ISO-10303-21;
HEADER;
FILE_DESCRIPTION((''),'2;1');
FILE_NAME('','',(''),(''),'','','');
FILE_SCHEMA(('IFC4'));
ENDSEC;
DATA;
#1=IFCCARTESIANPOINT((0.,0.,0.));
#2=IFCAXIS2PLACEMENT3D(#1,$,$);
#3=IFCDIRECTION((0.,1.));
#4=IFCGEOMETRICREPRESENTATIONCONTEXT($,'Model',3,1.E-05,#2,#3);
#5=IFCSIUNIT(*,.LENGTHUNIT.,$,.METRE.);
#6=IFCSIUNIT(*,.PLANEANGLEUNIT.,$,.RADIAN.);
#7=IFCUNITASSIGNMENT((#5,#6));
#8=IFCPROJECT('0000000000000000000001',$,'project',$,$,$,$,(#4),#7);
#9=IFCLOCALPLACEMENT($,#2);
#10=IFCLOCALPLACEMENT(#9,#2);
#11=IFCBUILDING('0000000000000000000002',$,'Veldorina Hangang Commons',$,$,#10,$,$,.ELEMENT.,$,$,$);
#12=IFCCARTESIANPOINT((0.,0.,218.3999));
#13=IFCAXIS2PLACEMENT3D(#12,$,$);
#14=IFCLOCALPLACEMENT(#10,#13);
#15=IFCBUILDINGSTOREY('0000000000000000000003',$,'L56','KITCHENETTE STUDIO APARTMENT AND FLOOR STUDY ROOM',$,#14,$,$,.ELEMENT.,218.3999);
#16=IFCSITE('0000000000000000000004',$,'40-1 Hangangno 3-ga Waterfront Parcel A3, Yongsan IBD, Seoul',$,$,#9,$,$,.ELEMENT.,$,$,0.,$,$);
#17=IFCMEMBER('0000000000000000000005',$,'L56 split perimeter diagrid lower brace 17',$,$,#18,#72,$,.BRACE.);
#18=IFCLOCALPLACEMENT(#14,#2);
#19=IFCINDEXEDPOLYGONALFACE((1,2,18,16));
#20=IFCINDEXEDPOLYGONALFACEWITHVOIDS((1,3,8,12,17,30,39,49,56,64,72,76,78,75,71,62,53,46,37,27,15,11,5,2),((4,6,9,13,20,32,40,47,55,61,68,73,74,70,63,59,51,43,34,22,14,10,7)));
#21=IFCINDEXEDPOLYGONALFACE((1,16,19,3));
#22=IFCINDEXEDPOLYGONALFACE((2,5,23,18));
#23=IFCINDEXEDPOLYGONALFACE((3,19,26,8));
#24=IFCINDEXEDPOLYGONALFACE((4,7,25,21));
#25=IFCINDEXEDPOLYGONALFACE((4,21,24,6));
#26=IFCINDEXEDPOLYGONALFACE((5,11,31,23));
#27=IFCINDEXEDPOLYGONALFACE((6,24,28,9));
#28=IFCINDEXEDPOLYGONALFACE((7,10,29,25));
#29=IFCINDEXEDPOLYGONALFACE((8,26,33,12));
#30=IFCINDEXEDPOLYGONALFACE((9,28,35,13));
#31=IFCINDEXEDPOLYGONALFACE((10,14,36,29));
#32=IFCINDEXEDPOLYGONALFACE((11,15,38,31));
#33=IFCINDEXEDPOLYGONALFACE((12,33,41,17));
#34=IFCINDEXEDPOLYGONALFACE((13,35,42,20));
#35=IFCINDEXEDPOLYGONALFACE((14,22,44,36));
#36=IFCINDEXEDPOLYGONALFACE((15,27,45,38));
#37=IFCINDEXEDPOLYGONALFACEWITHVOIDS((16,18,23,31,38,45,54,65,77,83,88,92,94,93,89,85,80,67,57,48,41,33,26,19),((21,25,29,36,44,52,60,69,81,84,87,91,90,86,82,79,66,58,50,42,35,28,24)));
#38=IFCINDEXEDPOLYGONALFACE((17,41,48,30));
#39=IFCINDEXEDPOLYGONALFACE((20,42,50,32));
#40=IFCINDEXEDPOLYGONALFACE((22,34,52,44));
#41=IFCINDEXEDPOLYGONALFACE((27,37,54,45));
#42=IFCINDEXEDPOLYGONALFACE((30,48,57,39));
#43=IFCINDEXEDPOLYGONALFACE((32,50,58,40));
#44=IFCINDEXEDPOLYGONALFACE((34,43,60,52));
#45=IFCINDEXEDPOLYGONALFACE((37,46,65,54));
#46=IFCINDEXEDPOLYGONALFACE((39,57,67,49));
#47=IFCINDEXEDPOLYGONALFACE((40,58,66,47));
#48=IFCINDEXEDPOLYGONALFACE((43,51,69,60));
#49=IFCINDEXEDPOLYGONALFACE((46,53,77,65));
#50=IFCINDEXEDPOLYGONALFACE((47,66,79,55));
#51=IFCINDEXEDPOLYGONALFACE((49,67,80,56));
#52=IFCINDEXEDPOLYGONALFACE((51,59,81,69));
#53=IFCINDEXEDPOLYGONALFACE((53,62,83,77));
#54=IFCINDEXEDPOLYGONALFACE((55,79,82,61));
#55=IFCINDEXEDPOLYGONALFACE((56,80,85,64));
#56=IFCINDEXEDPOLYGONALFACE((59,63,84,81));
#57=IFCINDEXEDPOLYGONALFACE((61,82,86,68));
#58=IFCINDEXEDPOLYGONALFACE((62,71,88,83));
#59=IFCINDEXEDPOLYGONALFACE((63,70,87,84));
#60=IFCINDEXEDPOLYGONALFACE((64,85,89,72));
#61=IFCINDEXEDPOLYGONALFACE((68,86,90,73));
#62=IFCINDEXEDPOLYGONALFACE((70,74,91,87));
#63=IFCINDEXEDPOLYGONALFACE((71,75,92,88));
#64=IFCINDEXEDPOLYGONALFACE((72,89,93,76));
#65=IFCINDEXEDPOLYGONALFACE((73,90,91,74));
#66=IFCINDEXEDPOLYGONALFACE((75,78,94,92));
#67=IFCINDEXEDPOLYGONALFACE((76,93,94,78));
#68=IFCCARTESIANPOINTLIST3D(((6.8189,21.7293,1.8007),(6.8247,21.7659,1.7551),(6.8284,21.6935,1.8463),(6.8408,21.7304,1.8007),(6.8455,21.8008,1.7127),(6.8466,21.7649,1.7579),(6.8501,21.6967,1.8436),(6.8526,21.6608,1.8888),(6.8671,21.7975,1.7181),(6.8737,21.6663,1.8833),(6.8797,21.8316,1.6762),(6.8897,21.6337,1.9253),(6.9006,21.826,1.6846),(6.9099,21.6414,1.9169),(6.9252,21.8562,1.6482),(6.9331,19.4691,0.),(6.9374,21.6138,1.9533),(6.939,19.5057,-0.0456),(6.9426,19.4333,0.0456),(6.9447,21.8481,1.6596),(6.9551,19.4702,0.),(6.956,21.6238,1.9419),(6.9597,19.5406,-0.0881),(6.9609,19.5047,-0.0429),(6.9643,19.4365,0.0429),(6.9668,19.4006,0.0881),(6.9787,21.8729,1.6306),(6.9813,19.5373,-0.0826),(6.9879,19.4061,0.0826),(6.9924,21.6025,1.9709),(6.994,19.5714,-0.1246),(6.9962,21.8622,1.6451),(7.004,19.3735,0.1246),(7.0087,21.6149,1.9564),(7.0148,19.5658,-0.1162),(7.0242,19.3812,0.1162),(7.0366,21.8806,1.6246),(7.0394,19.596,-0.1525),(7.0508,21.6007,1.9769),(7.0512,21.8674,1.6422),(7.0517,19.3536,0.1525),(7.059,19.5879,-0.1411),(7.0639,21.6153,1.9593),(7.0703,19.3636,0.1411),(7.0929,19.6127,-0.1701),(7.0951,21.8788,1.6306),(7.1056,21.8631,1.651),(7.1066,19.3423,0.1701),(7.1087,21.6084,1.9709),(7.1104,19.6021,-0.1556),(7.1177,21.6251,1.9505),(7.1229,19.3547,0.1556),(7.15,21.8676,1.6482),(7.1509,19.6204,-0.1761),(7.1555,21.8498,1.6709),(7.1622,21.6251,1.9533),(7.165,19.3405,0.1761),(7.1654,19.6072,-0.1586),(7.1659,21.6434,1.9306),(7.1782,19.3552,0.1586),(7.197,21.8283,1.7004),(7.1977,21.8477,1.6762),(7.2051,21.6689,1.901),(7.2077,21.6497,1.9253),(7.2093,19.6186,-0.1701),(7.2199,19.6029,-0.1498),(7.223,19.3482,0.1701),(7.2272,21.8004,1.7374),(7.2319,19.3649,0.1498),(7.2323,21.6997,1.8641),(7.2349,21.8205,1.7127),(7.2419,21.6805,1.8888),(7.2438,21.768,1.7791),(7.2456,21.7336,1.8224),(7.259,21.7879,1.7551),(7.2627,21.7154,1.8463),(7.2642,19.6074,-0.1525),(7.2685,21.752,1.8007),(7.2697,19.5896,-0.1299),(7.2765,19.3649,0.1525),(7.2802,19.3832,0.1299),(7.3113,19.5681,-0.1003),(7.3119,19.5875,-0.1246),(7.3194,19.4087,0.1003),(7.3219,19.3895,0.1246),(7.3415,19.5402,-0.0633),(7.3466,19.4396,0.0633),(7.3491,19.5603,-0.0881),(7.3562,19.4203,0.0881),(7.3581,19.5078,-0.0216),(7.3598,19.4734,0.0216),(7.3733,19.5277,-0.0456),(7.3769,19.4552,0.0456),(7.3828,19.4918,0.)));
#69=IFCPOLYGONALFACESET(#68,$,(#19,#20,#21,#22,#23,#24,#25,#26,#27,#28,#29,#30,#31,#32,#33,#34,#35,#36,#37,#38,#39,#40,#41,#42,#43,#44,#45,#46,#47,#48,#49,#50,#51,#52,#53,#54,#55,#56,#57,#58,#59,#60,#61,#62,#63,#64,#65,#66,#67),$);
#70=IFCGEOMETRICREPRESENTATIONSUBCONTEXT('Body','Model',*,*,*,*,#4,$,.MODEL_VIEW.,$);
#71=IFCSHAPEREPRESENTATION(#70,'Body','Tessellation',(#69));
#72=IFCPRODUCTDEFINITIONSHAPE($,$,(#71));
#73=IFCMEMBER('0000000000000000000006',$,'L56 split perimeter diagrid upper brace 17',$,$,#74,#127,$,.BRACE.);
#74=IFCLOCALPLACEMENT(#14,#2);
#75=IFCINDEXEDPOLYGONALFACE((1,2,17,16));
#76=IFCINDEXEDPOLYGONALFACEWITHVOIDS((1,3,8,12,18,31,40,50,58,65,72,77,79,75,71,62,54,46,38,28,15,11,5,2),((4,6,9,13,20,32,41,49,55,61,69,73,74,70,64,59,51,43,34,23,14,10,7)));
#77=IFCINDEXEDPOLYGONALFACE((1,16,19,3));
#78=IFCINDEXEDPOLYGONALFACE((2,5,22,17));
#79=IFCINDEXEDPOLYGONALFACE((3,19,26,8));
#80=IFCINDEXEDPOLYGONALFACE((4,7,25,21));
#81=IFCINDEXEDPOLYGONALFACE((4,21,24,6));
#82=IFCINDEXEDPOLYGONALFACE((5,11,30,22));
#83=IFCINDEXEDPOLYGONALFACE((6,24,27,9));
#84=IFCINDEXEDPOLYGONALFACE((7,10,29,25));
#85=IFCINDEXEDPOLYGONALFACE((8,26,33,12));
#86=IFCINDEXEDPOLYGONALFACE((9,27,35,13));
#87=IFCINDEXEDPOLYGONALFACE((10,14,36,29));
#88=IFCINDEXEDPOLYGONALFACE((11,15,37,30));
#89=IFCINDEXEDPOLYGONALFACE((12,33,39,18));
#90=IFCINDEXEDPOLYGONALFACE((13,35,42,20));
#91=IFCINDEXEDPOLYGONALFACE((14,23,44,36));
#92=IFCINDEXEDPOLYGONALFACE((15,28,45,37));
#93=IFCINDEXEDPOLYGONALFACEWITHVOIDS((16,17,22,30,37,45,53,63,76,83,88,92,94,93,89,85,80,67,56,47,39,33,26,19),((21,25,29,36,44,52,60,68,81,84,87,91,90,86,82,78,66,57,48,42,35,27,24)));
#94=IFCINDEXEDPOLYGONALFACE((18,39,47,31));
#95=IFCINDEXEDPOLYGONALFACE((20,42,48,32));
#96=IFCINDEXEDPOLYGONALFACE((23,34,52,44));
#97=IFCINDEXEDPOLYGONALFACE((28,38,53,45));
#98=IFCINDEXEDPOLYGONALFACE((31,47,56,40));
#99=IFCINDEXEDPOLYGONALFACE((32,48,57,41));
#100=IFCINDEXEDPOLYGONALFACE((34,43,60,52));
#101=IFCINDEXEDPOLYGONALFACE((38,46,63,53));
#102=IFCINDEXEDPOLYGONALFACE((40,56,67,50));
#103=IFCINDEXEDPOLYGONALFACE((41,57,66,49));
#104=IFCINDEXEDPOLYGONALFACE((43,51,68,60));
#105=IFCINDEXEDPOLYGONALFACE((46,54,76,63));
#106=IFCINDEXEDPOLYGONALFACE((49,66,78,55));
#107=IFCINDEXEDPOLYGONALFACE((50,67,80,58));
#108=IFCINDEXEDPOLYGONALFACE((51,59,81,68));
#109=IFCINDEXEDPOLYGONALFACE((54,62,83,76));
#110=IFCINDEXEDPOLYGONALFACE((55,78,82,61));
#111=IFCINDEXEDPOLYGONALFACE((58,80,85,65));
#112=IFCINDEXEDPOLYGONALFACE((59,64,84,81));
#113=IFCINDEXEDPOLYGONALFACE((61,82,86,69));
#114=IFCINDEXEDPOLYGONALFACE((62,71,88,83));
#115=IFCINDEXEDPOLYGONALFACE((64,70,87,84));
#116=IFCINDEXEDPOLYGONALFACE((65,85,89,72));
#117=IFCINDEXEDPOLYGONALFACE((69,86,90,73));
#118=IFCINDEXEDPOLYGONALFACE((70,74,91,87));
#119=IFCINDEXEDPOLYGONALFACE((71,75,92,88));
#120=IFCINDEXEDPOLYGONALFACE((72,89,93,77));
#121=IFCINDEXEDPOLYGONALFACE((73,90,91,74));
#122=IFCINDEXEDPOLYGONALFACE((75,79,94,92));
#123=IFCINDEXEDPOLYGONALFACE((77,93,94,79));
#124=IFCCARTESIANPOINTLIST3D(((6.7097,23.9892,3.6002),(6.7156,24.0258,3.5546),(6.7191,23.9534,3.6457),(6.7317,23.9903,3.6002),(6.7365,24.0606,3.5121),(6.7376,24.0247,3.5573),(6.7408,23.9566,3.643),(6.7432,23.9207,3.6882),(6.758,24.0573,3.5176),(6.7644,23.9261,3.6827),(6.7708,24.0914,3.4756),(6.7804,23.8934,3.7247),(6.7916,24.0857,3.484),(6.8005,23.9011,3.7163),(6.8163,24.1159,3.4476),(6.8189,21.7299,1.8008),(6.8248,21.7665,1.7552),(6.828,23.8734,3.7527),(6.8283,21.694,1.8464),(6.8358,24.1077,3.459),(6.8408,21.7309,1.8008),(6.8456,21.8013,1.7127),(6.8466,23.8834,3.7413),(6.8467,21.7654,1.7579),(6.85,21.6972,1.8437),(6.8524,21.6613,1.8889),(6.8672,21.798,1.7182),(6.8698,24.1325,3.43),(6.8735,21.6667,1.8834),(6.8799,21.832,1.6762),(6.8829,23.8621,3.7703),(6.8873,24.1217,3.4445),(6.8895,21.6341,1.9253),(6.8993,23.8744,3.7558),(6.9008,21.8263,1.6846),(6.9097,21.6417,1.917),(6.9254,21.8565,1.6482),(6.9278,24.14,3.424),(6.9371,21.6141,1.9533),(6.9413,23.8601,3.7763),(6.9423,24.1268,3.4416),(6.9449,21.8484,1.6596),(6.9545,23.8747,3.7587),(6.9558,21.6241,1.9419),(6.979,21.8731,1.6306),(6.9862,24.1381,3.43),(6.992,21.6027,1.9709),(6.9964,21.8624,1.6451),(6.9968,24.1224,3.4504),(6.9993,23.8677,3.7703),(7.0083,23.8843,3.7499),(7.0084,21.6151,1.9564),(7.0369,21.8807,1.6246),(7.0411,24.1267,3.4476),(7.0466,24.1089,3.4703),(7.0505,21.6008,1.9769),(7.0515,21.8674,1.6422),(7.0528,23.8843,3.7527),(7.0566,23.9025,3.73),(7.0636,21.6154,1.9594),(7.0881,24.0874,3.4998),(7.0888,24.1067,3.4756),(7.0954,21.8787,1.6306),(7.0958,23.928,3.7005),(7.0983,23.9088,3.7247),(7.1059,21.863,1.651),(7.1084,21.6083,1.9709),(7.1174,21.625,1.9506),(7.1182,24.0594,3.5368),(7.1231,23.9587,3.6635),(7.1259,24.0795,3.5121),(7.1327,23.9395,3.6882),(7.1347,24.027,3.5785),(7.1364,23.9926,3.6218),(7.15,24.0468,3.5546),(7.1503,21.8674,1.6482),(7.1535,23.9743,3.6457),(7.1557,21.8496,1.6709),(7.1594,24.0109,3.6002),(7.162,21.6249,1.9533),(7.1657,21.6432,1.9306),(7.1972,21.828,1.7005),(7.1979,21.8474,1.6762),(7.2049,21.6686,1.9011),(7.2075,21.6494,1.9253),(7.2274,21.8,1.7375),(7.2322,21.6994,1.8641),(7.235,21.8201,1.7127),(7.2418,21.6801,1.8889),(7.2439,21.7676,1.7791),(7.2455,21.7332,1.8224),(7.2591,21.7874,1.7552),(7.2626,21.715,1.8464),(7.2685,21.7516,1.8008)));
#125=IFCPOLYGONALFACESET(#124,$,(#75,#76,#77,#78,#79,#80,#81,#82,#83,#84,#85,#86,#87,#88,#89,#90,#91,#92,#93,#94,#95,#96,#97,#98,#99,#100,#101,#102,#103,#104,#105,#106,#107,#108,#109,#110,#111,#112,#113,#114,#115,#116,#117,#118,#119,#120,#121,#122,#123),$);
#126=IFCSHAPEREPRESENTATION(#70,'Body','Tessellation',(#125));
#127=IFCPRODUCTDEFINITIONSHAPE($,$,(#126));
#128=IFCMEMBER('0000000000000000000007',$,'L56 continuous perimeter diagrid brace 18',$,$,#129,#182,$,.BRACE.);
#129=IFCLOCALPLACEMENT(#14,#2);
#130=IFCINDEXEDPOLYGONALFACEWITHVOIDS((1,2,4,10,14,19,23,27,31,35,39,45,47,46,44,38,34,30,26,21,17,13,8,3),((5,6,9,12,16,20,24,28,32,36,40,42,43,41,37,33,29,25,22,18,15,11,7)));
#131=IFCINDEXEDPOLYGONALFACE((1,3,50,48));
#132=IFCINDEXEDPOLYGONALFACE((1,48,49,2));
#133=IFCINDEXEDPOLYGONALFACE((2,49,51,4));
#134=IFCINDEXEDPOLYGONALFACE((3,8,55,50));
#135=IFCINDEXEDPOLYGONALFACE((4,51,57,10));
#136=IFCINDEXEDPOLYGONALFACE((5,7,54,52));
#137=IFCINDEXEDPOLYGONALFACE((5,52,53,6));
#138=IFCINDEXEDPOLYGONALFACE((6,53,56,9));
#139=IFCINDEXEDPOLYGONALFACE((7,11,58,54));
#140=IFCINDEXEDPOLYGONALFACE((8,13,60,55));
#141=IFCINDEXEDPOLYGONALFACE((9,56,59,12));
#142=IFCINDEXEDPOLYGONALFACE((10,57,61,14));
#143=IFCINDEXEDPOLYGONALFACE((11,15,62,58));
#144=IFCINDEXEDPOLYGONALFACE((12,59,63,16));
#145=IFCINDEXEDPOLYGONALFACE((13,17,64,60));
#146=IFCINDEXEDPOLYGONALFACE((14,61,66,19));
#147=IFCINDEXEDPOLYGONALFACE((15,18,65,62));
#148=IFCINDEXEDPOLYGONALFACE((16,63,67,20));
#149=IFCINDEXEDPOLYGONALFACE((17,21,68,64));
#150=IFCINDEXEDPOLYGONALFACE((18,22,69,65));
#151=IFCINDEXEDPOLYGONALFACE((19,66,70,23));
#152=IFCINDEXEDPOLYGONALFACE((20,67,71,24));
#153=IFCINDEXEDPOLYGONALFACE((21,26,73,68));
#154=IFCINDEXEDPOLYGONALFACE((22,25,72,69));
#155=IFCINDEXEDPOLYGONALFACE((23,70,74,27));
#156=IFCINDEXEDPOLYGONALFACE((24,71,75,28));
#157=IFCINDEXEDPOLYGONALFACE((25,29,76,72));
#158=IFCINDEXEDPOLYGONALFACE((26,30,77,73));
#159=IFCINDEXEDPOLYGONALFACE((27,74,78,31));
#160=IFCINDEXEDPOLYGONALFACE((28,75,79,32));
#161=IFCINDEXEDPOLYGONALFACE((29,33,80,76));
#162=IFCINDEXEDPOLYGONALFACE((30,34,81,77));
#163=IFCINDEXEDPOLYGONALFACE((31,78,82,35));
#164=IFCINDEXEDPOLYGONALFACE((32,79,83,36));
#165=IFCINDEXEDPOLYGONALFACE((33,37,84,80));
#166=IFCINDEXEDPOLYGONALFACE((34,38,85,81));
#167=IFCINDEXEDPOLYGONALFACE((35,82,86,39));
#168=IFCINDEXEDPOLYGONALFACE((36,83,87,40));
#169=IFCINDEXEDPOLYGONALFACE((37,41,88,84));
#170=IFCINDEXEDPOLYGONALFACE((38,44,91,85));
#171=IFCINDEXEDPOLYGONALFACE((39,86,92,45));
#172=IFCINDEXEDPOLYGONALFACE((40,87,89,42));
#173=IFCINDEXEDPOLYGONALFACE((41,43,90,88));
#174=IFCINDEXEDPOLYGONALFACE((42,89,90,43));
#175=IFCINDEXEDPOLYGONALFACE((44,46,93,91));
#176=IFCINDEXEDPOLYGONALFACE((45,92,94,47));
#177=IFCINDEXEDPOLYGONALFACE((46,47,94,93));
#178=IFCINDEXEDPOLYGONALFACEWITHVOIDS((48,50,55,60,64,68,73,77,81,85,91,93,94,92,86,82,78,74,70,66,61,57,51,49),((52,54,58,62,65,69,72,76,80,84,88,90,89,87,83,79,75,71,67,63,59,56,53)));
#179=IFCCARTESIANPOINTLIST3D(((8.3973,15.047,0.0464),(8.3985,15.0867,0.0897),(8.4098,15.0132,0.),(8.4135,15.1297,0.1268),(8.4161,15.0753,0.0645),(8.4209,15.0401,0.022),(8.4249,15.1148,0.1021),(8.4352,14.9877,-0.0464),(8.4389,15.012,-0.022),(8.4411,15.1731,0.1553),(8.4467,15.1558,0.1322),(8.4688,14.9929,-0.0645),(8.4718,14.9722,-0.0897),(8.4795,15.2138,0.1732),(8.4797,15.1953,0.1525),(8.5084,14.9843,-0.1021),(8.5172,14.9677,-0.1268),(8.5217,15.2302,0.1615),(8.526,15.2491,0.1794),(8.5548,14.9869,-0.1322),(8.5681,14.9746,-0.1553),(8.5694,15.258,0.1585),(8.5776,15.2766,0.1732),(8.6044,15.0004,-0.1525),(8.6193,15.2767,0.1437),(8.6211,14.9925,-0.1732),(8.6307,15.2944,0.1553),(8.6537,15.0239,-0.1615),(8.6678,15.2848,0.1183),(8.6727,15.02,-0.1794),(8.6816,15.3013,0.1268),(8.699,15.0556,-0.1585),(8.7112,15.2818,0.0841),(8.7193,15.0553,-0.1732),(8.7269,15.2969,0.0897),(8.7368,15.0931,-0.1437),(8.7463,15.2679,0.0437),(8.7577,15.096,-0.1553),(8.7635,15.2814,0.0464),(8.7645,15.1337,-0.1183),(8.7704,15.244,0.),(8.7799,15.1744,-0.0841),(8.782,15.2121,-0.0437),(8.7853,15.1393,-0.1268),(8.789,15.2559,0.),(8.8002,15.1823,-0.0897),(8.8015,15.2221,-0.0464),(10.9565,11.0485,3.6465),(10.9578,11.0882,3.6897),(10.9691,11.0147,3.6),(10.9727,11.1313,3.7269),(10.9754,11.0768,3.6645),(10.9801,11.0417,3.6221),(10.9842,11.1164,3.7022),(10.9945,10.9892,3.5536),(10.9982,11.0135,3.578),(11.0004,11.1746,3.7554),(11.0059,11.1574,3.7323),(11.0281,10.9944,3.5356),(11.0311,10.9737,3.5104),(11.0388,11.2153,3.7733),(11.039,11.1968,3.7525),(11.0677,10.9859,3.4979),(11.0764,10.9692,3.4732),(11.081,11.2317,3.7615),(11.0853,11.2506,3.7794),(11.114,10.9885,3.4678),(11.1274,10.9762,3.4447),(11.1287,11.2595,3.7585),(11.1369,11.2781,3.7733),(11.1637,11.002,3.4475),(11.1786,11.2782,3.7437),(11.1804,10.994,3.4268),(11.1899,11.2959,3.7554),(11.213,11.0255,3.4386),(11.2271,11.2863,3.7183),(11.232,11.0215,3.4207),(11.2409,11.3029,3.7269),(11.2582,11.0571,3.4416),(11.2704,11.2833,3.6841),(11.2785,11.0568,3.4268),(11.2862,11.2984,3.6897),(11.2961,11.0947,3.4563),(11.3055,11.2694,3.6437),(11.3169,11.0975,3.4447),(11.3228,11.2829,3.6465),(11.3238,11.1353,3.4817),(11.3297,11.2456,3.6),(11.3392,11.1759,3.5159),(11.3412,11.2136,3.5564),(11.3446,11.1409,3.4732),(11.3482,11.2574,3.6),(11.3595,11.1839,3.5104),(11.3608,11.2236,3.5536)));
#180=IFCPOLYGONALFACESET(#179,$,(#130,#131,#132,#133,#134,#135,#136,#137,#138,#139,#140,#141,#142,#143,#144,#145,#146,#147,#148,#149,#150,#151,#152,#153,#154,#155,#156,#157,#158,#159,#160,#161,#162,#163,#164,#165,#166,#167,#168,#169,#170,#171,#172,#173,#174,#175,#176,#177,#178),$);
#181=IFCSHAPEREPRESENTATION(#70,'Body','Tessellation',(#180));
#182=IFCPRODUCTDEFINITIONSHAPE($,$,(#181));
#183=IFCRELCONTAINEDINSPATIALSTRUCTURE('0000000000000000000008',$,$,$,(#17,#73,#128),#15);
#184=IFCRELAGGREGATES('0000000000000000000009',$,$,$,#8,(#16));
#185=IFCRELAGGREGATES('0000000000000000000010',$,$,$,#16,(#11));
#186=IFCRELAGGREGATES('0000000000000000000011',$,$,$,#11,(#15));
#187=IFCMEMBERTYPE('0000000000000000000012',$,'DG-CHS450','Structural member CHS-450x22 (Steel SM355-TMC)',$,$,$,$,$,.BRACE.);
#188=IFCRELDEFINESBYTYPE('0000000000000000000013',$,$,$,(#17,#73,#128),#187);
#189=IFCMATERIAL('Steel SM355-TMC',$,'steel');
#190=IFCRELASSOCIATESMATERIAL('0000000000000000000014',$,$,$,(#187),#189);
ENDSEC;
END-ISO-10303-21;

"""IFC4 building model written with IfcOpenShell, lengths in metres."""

from ifc_helpers import new_model, si_unit, direction, frame, origin, origin_2d, place, context, subcontext, project, spatial, hollow_circle, extrude, material, material_profile, profile_set, type_object, element, save


model = new_model("IFC4")

# Units and contexts
model_context = context("Model", 3, precision=1e-05, world=origin(), true_north=direction((0.0, 1.0)))
body_context = subcontext(model_context, "Body", "Model", "MODEL_VIEW")
ifc_project = project(units=[si_unit("LENGTHUNIT", "METRE"), si_unit("PLANEANGLEUNIT", "RADIAN")], contexts=[model_context])

# Site, building, storey
site_placement = place(None, origin())
site = spatial("IfcSite", under=ifc_project, at=site_placement, Name="40-1 Hangangno 3-ga Waterfront Parcel A3, Yongsan IBD, Seoul", CompositionType="ELEMENT", RefElevation=0.0)
building_placement = place(site_placement, origin())
building = spatial("IfcBuilding", under=site, at=building_placement, Name="Veldorina Hangang Commons", CompositionType="ELEMENT")
storey_placement = place(building_placement, frame((0.0, 0.0, 218.3999)))
storey = spatial("IfcBuildingStorey", under=building, at=storey_placement, Name="L56", Description="KITCHENETTE STUDIO APARTMENT AND FLOOR STUDY ROOM", CompositionType="ELEMENT", Elevation=218.3999)

# Shared definitions
ifc_material_1 = material(Name="Steel SM355-TMC", Category="steel")

# Members
ifc_material_profile_1 = material_profile(ifc_material_1, hollow_circle(Radius=0.2251, WallThickness=0.022, at=origin_2d()), Name="CHS-450x22")
ifc_profile_set_1 = profile_set([ifc_material_profile_1], Name="Steel SM355-TMC")
member_type_1 = type_object("IfcMemberType", Name="DG-CHS450", Description="Structural member CHS-450x22 (Steel SM355-TMC)", PredefinedType="BRACE", material=ifc_profile_set_1)
member_1_placement = place(storey_placement, frame((7.158, 19.4805, 0.0), z_axis=(-0.039506, 0.781509, 0.622641), x_axis=(-0.998725, -0.050486, 0.0)))
element("IfcMember", 1, at=member_1_placement, inside=storey, type_object=member_type_1, Name="L56 split perimeter diagrid lower brace 17", PredefinedType="BRACE", context=body_context, shape_type="SweptSolid", body=[
    extrude(hollow_circle(Radius=0.2251, WallThickness=0.022, at=origin_2d()), origin(), (0.0, 0.0, 1.0), 2.8921),
])
member_2_placement = place(storey_placement, frame((7.0437, 21.7407, 1.8008), z_axis=(-0.037758, 0.781678, 0.622538), x_axis=(-0.998835, -0.048247, 0.0)))
element("IfcMember", 2, at=member_2_placement, inside=storey, type_object=member_type_1, Name="L56 split perimeter diagrid upper brace 17", PredefinedType="BRACE", context=body_context, shape_type="SweptSolid", body=[
    extrude(hollow_circle(Radius=0.2251, WallThickness=0.022, at=origin_2d()), origin(), (0.0, 0.0, 1.0), 2.8904),
])
member_3_placement = place(storey_placement, frame((8.5994, 15.1345, 0.0), z_axis=(0.429553, -0.671107, 0.604234), x_axis=(0.842246, 0.539093, 0.0)))
element("IfcMember", 3, at=member_3_placement, inside=storey, type_object=member_type_1, Name="L56 continuous perimeter diagrid brace 18", PredefinedType="BRACE", context=body_context, shape_type="SweptSolid", body=[
    extrude(hollow_circle(Radius=0.2251, WallThickness=0.022, at=origin_2d()), origin(), (0.0, 0.0, 1.0), 5.958),
])

save(model, "model.ifc")
